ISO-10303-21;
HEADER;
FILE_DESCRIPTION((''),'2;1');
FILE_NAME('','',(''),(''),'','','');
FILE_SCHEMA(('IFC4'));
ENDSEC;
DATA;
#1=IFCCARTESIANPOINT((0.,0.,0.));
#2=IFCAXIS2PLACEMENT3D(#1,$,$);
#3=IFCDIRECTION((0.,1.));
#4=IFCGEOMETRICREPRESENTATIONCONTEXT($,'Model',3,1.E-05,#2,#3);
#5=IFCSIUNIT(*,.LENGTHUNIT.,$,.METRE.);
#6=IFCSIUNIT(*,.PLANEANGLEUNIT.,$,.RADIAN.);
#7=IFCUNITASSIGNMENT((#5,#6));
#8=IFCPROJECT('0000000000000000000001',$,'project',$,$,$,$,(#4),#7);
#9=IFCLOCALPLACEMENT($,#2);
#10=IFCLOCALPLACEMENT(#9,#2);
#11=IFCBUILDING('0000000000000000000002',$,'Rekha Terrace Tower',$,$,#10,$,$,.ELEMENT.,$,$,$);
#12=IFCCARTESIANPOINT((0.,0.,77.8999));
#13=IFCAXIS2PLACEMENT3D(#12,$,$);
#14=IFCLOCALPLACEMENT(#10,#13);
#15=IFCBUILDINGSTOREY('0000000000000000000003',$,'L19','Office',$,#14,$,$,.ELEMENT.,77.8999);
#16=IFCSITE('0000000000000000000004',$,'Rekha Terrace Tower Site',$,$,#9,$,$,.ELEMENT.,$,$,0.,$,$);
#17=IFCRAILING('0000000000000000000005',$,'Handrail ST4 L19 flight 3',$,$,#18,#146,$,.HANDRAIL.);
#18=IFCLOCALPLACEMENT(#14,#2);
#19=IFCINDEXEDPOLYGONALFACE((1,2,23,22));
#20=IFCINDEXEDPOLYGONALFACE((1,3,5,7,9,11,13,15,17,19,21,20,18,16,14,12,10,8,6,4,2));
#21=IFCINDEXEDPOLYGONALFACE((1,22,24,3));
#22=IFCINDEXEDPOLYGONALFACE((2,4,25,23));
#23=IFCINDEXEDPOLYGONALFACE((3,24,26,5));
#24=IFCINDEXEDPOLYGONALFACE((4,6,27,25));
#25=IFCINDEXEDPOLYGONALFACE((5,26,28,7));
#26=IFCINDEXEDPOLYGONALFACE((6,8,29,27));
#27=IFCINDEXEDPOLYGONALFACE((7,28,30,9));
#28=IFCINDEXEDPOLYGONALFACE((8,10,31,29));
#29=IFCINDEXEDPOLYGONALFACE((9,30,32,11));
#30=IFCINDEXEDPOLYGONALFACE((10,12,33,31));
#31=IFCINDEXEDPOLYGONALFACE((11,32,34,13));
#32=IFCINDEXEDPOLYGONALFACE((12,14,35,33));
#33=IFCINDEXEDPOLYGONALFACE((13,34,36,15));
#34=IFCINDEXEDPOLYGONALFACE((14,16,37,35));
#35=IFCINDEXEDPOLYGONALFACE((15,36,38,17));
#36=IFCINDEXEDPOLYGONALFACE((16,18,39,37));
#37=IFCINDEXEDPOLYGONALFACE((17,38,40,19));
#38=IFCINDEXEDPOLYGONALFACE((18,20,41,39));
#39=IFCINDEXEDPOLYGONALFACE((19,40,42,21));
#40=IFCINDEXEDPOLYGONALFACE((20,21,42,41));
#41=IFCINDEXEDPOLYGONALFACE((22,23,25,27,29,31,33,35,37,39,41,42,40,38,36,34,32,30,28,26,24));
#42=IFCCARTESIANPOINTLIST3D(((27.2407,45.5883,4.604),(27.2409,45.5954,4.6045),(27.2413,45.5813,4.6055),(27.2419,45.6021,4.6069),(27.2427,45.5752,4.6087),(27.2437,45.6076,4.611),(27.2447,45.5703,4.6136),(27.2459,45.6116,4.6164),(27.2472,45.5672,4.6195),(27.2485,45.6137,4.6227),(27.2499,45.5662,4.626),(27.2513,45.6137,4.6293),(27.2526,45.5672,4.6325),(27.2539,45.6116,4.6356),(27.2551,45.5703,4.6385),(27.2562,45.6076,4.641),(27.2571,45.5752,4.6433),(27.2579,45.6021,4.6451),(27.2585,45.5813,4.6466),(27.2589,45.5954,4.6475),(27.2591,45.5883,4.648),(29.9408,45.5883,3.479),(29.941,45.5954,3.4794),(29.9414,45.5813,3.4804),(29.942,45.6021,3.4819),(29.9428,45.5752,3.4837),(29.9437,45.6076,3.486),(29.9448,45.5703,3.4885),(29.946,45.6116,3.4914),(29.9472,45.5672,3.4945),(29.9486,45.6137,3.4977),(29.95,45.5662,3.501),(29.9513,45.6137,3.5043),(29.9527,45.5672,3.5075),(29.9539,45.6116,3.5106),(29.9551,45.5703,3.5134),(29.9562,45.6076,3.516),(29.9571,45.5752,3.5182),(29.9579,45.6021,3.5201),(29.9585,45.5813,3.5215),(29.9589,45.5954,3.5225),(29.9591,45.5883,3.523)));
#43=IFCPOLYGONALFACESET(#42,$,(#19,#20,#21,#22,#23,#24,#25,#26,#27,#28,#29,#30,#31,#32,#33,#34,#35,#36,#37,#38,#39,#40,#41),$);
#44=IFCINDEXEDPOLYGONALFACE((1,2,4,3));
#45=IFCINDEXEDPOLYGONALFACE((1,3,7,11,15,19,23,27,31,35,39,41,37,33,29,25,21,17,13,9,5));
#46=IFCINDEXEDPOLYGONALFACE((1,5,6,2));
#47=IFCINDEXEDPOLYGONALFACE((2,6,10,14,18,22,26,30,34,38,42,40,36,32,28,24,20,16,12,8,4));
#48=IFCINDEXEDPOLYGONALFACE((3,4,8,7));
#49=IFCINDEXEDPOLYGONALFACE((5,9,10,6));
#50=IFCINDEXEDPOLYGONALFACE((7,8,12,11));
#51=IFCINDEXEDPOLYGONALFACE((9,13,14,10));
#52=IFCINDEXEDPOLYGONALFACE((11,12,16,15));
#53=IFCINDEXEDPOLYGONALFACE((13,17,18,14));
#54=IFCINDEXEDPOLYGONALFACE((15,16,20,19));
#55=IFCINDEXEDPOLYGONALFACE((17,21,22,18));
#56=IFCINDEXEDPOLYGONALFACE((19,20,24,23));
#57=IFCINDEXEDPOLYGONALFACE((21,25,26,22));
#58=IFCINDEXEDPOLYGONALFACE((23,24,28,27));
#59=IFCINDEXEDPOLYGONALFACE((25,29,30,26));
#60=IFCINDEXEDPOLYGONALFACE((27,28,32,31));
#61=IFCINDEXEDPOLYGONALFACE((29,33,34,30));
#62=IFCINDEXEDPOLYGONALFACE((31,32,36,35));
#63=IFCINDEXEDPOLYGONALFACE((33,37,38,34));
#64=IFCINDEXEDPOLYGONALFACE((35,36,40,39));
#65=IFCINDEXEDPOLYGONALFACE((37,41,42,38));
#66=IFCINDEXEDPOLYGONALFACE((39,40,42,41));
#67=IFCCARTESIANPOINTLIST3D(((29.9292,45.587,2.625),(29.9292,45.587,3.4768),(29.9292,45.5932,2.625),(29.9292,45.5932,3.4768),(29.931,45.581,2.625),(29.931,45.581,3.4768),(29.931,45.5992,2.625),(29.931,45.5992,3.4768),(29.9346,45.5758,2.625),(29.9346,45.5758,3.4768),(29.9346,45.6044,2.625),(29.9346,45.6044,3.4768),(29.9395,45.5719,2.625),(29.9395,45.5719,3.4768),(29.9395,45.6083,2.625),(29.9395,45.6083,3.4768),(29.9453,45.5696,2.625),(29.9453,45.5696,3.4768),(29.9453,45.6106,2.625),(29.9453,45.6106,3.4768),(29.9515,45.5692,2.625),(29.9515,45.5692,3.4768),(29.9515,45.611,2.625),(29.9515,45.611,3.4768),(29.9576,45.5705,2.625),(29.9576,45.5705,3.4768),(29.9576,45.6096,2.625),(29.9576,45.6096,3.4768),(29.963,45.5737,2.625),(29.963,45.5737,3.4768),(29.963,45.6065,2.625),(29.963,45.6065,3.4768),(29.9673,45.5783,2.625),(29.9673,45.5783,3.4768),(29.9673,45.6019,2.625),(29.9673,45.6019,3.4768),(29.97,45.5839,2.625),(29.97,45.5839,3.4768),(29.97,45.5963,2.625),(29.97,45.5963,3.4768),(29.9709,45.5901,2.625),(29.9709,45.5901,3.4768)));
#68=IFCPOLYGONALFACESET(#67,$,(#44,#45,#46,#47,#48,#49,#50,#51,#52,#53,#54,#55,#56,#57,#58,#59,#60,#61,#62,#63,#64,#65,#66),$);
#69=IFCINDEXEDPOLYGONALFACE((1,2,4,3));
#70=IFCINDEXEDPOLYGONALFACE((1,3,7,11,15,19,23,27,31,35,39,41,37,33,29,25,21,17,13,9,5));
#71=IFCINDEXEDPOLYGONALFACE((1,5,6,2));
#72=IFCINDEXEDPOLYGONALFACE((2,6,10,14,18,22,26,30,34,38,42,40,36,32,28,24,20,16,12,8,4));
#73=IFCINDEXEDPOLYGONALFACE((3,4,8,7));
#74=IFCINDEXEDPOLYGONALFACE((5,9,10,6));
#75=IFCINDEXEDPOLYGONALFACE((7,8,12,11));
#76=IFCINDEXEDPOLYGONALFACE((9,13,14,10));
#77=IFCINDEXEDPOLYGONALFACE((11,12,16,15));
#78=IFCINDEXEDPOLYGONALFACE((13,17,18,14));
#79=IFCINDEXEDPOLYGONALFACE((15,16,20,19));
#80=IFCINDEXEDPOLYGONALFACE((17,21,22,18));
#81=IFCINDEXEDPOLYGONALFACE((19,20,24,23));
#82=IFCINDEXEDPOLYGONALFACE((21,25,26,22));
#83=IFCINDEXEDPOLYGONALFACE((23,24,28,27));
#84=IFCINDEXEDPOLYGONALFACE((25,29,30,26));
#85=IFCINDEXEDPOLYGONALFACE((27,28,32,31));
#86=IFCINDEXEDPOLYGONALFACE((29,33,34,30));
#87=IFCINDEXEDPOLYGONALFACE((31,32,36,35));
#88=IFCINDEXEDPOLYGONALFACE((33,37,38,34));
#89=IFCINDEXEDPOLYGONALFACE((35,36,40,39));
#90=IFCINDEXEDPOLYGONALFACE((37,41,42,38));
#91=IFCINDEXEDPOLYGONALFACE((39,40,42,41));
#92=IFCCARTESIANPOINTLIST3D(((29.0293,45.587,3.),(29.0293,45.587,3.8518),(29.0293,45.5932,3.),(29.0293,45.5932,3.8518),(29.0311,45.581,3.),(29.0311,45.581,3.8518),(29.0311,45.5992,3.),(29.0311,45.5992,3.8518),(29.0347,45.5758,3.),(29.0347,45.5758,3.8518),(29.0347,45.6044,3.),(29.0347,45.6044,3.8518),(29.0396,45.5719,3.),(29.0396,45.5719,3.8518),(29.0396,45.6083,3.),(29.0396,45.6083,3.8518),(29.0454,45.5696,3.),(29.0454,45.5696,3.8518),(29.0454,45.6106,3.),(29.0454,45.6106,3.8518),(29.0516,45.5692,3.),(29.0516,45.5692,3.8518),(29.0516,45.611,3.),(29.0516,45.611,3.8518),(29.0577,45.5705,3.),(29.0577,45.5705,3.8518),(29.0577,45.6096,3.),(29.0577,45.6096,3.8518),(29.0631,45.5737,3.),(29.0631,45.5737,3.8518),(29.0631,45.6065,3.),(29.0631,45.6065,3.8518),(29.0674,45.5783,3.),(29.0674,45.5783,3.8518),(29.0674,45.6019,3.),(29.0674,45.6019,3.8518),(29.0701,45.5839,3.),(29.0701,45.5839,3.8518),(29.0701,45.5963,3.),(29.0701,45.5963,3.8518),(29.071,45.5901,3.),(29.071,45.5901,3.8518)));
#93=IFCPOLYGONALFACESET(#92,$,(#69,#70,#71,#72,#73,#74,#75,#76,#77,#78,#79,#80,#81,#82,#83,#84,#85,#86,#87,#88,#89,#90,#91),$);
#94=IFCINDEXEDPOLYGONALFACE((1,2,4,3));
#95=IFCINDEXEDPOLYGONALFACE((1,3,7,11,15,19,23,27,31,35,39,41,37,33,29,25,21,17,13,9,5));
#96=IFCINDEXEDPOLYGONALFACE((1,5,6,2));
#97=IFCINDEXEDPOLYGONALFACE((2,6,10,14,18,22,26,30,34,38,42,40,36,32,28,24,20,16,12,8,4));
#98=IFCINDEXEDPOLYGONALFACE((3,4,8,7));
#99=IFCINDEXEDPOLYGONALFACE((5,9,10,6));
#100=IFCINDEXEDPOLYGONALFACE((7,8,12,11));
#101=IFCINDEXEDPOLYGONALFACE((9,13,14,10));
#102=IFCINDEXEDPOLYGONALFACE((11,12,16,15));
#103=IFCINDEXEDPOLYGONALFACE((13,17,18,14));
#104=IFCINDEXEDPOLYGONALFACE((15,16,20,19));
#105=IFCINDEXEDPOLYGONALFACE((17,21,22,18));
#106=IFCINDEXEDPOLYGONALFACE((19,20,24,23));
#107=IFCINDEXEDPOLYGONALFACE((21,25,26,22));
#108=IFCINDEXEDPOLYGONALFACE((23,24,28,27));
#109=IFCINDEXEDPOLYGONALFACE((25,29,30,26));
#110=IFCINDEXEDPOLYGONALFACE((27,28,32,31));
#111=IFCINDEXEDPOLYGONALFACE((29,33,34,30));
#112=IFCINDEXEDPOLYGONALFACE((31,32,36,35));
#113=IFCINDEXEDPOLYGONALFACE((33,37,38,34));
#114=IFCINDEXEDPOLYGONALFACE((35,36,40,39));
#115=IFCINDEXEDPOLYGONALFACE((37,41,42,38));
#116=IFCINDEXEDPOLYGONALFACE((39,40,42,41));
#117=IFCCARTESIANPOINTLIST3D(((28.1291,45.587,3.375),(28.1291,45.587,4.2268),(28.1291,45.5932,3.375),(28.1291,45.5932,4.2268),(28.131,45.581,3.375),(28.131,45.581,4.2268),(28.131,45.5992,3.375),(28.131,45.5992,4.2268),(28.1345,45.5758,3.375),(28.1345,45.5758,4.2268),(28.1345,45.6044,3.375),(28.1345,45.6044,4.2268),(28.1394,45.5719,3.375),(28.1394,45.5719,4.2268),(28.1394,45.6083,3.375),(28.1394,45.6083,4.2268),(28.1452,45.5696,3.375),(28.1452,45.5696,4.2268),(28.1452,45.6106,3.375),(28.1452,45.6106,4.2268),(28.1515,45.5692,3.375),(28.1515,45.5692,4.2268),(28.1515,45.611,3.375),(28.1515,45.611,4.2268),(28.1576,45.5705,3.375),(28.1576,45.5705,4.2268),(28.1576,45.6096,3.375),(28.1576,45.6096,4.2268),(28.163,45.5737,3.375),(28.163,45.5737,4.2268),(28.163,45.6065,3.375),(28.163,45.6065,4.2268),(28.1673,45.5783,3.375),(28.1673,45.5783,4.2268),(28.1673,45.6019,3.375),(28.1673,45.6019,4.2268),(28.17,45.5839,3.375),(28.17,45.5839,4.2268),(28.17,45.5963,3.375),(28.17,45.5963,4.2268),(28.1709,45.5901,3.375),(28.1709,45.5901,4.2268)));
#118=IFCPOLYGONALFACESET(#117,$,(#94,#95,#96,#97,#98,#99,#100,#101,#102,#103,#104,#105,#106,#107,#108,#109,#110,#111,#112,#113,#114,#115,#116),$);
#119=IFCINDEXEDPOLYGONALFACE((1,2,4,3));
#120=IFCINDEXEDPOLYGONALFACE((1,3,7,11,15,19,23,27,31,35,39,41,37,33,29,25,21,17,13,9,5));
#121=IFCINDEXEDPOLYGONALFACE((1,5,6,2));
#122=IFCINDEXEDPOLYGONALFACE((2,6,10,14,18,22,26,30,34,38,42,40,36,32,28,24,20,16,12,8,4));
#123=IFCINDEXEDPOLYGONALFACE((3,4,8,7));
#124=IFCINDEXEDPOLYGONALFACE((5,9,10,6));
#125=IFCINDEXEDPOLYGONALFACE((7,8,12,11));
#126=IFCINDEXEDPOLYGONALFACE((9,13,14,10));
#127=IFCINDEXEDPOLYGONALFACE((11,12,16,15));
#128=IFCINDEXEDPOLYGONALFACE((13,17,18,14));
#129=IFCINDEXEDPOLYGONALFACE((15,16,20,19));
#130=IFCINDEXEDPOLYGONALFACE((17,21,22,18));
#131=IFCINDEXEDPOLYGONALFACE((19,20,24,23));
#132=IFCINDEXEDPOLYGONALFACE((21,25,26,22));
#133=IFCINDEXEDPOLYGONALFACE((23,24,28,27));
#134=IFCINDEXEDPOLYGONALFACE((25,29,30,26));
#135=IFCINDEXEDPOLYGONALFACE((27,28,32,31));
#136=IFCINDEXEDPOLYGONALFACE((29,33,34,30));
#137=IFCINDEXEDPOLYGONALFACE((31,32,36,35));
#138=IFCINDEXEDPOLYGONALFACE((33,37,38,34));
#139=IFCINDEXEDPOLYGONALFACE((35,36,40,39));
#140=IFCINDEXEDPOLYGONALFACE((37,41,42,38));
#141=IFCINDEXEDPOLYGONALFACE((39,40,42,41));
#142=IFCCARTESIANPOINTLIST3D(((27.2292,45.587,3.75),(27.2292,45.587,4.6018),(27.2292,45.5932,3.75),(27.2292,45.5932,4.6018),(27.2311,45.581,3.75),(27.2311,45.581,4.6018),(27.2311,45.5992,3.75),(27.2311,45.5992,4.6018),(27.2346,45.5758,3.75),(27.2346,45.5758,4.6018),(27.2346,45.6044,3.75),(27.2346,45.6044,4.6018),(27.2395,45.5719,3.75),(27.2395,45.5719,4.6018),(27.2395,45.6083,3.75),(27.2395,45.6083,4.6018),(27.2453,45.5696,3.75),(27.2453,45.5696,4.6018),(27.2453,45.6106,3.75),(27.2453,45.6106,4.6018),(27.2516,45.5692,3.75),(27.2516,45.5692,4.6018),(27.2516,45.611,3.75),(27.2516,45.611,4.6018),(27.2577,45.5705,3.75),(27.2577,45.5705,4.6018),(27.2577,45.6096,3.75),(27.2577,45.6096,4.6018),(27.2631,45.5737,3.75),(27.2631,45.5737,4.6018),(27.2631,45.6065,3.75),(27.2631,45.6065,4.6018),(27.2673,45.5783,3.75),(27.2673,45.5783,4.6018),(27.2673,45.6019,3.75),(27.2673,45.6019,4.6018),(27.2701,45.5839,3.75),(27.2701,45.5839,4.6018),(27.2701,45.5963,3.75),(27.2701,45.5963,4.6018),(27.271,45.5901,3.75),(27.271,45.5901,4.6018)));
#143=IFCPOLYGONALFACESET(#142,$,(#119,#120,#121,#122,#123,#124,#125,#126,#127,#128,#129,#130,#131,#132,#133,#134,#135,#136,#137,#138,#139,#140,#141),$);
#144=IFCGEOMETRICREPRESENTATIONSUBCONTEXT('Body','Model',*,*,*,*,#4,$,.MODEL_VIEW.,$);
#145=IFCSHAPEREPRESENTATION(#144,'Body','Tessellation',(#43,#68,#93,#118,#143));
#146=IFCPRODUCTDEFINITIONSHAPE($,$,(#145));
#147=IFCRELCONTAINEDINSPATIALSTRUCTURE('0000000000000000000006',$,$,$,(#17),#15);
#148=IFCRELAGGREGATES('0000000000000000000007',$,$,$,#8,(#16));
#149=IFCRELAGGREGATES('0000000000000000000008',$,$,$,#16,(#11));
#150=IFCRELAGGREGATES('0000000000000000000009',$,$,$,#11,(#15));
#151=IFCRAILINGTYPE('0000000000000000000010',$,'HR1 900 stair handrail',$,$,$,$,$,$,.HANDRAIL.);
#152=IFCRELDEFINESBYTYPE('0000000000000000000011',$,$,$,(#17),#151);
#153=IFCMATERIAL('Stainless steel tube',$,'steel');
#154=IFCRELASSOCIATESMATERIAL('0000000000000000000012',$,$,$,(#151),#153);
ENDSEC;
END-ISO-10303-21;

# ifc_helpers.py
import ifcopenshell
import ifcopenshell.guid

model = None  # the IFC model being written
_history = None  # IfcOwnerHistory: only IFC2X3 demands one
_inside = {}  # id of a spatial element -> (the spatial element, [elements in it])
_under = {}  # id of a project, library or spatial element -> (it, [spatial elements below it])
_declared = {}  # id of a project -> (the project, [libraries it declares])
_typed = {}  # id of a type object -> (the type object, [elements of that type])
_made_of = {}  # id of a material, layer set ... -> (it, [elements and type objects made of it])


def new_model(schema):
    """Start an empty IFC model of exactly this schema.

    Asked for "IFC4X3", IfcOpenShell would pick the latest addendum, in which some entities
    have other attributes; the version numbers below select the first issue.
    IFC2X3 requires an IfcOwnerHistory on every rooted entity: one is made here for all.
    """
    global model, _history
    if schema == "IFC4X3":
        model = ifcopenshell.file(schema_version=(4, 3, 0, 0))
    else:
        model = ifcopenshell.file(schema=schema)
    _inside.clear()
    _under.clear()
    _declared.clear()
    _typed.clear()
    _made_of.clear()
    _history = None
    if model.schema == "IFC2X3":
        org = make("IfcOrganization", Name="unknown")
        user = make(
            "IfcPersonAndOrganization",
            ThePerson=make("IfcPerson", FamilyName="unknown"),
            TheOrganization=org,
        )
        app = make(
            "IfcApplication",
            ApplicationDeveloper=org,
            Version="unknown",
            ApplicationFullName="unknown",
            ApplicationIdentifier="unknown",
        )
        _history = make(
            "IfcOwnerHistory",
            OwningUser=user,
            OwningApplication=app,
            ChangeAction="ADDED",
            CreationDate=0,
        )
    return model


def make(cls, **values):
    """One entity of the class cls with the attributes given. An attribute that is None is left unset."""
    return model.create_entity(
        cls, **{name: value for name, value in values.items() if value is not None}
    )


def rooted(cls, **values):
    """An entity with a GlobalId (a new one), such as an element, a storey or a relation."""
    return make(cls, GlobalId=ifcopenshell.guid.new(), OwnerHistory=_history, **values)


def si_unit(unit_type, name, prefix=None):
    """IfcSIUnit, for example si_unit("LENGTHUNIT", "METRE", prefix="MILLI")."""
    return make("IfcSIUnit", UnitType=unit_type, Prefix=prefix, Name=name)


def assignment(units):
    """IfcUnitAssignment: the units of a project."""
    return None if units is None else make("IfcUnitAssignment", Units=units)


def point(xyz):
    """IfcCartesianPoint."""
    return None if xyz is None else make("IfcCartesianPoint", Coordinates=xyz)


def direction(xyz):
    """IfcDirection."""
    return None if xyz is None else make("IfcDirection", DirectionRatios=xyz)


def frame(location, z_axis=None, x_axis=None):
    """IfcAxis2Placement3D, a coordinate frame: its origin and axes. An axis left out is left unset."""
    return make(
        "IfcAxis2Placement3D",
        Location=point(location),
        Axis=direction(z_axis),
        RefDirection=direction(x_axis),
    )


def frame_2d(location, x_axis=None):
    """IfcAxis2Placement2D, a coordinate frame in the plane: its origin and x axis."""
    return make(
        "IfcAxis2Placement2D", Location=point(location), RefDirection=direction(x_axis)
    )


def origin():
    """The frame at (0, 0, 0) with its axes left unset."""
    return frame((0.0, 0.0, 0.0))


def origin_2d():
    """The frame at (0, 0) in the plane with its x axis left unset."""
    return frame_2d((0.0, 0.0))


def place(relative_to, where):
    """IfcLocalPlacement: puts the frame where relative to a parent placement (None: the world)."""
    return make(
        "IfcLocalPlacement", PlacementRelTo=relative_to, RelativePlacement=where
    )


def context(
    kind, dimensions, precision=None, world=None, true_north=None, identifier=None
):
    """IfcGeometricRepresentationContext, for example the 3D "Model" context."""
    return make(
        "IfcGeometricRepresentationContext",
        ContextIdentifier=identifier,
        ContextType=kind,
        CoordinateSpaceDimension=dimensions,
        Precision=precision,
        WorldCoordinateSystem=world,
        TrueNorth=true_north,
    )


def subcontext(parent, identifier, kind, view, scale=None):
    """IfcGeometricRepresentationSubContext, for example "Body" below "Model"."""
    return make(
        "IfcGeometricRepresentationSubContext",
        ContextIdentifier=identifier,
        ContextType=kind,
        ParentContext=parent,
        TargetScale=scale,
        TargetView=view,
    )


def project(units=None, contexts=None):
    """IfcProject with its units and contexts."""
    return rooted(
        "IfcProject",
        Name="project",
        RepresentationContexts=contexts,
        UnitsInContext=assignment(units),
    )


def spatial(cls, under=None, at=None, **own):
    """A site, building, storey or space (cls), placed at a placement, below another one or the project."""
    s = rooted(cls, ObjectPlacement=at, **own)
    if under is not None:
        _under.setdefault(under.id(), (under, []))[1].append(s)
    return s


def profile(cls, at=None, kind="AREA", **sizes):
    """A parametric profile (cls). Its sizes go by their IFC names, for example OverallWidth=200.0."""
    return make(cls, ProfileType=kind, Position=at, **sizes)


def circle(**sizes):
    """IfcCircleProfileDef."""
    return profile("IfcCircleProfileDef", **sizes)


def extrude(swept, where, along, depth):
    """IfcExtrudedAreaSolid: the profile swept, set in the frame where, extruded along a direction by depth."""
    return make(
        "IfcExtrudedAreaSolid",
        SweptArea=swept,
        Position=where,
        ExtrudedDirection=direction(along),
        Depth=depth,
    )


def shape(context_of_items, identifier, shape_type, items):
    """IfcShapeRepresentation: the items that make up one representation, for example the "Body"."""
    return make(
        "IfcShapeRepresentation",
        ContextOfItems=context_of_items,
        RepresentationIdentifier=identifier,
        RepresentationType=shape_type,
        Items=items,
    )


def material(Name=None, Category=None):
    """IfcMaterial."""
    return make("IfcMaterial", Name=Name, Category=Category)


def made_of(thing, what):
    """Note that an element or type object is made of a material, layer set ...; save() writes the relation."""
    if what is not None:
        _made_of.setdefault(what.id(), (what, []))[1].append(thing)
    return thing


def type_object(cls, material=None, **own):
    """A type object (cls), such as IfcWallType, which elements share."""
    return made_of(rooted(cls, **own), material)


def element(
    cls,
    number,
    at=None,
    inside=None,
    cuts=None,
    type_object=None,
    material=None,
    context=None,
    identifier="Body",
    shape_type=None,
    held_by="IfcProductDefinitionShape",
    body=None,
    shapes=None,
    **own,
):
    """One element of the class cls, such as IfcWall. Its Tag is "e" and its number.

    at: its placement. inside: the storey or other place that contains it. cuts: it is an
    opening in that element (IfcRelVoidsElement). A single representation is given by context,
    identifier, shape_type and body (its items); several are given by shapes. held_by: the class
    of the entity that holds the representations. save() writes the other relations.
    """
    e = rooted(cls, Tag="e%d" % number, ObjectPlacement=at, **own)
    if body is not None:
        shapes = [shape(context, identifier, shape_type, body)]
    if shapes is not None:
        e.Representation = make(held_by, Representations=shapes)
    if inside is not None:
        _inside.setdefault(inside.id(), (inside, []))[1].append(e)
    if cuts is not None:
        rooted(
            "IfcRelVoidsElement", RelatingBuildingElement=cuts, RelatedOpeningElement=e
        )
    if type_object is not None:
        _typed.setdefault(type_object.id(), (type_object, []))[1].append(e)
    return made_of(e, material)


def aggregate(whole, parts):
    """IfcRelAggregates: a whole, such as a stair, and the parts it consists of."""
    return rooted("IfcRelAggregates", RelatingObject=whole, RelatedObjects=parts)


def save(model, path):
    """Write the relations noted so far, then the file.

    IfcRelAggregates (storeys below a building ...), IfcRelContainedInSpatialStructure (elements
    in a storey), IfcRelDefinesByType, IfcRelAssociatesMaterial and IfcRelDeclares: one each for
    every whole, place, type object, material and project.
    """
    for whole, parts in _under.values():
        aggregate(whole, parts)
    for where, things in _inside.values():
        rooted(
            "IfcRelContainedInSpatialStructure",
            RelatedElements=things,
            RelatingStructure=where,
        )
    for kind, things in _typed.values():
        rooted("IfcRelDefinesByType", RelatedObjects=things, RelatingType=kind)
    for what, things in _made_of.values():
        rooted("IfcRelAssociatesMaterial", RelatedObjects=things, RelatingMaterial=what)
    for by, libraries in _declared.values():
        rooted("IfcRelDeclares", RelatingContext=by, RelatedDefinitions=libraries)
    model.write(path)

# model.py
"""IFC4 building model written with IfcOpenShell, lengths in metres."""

from ifc_helpers import new_model, si_unit, direction, frame, origin, origin_2d, place, context, subcontext, project, spatial, circle, extrude, material, type_object, element, save


model = new_model("IFC4")

# Units and contexts
model_context = context("Model", 3, precision=1e-05, world=origin(), true_north=direction((0.0, 1.0)))
body_context = subcontext(model_context, "Body", "Model", "MODEL_VIEW")
ifc_project = project(units=[si_unit("LENGTHUNIT", "METRE"), si_unit("PLANEANGLEUNIT", "RADIAN")], contexts=[model_context])

# Site, building, storey
site_placement = place(None, origin())
site = spatial("IfcSite", under=ifc_project, at=site_placement, Name="Rekha Terrace Tower Site", CompositionType="ELEMENT", RefElevation=0.0)
building_placement = place(site_placement, origin())
building = spatial("IfcBuilding", under=site, at=building_placement, Name="Rekha Terrace Tower", CompositionType="ELEMENT")
storey_placement = place(building_placement, frame((0.0, 0.0, 77.8999)))
storey = spatial("IfcBuildingStorey", under=building, at=storey_placement, Name="L19", Description="Office", CompositionType="ELEMENT", Elevation=77.8999)

# Railing
ifc_material_1 = material(Name="Stainless steel tube", Category="steel")
railing_type_1 = type_object("IfcRailingType", Name="HR1 900 stair handrail", PredefinedType="HANDRAIL", material=ifc_material_1)
railing_1_placement = place(storey_placement, frame((29.95, 45.5901, 2.625)))
element("IfcRailing", 1, at=railing_1_placement, inside=storey, type_object=railing_type_1, Name="Handrail ST4 L19 flight 3", PredefinedType="HANDRAIL", context=body_context, shape_type="SweptSolid", body=[
    extrude(circle(Radius=0.0239, at=origin_2d()), frame((0.0, 0.0, 0.876), z_axis=(-0.923074, 0.0, 0.384621), x_axis=(0.0, -1.0, 0.0)), (0.0, 0.0, 1.0), 2.925),
    extrude(circle(Radius=0.021, at=origin_2d()), origin(), (0.0, 0.0, 1.0), 0.8518),
    extrude(circle(Radius=0.021, at=origin_2d()), frame((-0.8999, 0.0, 0.375)), (0.0, 0.0, 1.0), 0.8518),
    extrude(circle(Radius=0.021, at=origin_2d()), frame((-1.8, 0.0, 0.75)), (0.0, 0.0, 1.0), 0.8518),
    extrude(circle(Radius=0.021, at=origin_2d()), frame((-2.7, 0.0, 1.125)), (0.0, 0.0, 1.0), 0.8518),
])

save(model, "model.ifc")
